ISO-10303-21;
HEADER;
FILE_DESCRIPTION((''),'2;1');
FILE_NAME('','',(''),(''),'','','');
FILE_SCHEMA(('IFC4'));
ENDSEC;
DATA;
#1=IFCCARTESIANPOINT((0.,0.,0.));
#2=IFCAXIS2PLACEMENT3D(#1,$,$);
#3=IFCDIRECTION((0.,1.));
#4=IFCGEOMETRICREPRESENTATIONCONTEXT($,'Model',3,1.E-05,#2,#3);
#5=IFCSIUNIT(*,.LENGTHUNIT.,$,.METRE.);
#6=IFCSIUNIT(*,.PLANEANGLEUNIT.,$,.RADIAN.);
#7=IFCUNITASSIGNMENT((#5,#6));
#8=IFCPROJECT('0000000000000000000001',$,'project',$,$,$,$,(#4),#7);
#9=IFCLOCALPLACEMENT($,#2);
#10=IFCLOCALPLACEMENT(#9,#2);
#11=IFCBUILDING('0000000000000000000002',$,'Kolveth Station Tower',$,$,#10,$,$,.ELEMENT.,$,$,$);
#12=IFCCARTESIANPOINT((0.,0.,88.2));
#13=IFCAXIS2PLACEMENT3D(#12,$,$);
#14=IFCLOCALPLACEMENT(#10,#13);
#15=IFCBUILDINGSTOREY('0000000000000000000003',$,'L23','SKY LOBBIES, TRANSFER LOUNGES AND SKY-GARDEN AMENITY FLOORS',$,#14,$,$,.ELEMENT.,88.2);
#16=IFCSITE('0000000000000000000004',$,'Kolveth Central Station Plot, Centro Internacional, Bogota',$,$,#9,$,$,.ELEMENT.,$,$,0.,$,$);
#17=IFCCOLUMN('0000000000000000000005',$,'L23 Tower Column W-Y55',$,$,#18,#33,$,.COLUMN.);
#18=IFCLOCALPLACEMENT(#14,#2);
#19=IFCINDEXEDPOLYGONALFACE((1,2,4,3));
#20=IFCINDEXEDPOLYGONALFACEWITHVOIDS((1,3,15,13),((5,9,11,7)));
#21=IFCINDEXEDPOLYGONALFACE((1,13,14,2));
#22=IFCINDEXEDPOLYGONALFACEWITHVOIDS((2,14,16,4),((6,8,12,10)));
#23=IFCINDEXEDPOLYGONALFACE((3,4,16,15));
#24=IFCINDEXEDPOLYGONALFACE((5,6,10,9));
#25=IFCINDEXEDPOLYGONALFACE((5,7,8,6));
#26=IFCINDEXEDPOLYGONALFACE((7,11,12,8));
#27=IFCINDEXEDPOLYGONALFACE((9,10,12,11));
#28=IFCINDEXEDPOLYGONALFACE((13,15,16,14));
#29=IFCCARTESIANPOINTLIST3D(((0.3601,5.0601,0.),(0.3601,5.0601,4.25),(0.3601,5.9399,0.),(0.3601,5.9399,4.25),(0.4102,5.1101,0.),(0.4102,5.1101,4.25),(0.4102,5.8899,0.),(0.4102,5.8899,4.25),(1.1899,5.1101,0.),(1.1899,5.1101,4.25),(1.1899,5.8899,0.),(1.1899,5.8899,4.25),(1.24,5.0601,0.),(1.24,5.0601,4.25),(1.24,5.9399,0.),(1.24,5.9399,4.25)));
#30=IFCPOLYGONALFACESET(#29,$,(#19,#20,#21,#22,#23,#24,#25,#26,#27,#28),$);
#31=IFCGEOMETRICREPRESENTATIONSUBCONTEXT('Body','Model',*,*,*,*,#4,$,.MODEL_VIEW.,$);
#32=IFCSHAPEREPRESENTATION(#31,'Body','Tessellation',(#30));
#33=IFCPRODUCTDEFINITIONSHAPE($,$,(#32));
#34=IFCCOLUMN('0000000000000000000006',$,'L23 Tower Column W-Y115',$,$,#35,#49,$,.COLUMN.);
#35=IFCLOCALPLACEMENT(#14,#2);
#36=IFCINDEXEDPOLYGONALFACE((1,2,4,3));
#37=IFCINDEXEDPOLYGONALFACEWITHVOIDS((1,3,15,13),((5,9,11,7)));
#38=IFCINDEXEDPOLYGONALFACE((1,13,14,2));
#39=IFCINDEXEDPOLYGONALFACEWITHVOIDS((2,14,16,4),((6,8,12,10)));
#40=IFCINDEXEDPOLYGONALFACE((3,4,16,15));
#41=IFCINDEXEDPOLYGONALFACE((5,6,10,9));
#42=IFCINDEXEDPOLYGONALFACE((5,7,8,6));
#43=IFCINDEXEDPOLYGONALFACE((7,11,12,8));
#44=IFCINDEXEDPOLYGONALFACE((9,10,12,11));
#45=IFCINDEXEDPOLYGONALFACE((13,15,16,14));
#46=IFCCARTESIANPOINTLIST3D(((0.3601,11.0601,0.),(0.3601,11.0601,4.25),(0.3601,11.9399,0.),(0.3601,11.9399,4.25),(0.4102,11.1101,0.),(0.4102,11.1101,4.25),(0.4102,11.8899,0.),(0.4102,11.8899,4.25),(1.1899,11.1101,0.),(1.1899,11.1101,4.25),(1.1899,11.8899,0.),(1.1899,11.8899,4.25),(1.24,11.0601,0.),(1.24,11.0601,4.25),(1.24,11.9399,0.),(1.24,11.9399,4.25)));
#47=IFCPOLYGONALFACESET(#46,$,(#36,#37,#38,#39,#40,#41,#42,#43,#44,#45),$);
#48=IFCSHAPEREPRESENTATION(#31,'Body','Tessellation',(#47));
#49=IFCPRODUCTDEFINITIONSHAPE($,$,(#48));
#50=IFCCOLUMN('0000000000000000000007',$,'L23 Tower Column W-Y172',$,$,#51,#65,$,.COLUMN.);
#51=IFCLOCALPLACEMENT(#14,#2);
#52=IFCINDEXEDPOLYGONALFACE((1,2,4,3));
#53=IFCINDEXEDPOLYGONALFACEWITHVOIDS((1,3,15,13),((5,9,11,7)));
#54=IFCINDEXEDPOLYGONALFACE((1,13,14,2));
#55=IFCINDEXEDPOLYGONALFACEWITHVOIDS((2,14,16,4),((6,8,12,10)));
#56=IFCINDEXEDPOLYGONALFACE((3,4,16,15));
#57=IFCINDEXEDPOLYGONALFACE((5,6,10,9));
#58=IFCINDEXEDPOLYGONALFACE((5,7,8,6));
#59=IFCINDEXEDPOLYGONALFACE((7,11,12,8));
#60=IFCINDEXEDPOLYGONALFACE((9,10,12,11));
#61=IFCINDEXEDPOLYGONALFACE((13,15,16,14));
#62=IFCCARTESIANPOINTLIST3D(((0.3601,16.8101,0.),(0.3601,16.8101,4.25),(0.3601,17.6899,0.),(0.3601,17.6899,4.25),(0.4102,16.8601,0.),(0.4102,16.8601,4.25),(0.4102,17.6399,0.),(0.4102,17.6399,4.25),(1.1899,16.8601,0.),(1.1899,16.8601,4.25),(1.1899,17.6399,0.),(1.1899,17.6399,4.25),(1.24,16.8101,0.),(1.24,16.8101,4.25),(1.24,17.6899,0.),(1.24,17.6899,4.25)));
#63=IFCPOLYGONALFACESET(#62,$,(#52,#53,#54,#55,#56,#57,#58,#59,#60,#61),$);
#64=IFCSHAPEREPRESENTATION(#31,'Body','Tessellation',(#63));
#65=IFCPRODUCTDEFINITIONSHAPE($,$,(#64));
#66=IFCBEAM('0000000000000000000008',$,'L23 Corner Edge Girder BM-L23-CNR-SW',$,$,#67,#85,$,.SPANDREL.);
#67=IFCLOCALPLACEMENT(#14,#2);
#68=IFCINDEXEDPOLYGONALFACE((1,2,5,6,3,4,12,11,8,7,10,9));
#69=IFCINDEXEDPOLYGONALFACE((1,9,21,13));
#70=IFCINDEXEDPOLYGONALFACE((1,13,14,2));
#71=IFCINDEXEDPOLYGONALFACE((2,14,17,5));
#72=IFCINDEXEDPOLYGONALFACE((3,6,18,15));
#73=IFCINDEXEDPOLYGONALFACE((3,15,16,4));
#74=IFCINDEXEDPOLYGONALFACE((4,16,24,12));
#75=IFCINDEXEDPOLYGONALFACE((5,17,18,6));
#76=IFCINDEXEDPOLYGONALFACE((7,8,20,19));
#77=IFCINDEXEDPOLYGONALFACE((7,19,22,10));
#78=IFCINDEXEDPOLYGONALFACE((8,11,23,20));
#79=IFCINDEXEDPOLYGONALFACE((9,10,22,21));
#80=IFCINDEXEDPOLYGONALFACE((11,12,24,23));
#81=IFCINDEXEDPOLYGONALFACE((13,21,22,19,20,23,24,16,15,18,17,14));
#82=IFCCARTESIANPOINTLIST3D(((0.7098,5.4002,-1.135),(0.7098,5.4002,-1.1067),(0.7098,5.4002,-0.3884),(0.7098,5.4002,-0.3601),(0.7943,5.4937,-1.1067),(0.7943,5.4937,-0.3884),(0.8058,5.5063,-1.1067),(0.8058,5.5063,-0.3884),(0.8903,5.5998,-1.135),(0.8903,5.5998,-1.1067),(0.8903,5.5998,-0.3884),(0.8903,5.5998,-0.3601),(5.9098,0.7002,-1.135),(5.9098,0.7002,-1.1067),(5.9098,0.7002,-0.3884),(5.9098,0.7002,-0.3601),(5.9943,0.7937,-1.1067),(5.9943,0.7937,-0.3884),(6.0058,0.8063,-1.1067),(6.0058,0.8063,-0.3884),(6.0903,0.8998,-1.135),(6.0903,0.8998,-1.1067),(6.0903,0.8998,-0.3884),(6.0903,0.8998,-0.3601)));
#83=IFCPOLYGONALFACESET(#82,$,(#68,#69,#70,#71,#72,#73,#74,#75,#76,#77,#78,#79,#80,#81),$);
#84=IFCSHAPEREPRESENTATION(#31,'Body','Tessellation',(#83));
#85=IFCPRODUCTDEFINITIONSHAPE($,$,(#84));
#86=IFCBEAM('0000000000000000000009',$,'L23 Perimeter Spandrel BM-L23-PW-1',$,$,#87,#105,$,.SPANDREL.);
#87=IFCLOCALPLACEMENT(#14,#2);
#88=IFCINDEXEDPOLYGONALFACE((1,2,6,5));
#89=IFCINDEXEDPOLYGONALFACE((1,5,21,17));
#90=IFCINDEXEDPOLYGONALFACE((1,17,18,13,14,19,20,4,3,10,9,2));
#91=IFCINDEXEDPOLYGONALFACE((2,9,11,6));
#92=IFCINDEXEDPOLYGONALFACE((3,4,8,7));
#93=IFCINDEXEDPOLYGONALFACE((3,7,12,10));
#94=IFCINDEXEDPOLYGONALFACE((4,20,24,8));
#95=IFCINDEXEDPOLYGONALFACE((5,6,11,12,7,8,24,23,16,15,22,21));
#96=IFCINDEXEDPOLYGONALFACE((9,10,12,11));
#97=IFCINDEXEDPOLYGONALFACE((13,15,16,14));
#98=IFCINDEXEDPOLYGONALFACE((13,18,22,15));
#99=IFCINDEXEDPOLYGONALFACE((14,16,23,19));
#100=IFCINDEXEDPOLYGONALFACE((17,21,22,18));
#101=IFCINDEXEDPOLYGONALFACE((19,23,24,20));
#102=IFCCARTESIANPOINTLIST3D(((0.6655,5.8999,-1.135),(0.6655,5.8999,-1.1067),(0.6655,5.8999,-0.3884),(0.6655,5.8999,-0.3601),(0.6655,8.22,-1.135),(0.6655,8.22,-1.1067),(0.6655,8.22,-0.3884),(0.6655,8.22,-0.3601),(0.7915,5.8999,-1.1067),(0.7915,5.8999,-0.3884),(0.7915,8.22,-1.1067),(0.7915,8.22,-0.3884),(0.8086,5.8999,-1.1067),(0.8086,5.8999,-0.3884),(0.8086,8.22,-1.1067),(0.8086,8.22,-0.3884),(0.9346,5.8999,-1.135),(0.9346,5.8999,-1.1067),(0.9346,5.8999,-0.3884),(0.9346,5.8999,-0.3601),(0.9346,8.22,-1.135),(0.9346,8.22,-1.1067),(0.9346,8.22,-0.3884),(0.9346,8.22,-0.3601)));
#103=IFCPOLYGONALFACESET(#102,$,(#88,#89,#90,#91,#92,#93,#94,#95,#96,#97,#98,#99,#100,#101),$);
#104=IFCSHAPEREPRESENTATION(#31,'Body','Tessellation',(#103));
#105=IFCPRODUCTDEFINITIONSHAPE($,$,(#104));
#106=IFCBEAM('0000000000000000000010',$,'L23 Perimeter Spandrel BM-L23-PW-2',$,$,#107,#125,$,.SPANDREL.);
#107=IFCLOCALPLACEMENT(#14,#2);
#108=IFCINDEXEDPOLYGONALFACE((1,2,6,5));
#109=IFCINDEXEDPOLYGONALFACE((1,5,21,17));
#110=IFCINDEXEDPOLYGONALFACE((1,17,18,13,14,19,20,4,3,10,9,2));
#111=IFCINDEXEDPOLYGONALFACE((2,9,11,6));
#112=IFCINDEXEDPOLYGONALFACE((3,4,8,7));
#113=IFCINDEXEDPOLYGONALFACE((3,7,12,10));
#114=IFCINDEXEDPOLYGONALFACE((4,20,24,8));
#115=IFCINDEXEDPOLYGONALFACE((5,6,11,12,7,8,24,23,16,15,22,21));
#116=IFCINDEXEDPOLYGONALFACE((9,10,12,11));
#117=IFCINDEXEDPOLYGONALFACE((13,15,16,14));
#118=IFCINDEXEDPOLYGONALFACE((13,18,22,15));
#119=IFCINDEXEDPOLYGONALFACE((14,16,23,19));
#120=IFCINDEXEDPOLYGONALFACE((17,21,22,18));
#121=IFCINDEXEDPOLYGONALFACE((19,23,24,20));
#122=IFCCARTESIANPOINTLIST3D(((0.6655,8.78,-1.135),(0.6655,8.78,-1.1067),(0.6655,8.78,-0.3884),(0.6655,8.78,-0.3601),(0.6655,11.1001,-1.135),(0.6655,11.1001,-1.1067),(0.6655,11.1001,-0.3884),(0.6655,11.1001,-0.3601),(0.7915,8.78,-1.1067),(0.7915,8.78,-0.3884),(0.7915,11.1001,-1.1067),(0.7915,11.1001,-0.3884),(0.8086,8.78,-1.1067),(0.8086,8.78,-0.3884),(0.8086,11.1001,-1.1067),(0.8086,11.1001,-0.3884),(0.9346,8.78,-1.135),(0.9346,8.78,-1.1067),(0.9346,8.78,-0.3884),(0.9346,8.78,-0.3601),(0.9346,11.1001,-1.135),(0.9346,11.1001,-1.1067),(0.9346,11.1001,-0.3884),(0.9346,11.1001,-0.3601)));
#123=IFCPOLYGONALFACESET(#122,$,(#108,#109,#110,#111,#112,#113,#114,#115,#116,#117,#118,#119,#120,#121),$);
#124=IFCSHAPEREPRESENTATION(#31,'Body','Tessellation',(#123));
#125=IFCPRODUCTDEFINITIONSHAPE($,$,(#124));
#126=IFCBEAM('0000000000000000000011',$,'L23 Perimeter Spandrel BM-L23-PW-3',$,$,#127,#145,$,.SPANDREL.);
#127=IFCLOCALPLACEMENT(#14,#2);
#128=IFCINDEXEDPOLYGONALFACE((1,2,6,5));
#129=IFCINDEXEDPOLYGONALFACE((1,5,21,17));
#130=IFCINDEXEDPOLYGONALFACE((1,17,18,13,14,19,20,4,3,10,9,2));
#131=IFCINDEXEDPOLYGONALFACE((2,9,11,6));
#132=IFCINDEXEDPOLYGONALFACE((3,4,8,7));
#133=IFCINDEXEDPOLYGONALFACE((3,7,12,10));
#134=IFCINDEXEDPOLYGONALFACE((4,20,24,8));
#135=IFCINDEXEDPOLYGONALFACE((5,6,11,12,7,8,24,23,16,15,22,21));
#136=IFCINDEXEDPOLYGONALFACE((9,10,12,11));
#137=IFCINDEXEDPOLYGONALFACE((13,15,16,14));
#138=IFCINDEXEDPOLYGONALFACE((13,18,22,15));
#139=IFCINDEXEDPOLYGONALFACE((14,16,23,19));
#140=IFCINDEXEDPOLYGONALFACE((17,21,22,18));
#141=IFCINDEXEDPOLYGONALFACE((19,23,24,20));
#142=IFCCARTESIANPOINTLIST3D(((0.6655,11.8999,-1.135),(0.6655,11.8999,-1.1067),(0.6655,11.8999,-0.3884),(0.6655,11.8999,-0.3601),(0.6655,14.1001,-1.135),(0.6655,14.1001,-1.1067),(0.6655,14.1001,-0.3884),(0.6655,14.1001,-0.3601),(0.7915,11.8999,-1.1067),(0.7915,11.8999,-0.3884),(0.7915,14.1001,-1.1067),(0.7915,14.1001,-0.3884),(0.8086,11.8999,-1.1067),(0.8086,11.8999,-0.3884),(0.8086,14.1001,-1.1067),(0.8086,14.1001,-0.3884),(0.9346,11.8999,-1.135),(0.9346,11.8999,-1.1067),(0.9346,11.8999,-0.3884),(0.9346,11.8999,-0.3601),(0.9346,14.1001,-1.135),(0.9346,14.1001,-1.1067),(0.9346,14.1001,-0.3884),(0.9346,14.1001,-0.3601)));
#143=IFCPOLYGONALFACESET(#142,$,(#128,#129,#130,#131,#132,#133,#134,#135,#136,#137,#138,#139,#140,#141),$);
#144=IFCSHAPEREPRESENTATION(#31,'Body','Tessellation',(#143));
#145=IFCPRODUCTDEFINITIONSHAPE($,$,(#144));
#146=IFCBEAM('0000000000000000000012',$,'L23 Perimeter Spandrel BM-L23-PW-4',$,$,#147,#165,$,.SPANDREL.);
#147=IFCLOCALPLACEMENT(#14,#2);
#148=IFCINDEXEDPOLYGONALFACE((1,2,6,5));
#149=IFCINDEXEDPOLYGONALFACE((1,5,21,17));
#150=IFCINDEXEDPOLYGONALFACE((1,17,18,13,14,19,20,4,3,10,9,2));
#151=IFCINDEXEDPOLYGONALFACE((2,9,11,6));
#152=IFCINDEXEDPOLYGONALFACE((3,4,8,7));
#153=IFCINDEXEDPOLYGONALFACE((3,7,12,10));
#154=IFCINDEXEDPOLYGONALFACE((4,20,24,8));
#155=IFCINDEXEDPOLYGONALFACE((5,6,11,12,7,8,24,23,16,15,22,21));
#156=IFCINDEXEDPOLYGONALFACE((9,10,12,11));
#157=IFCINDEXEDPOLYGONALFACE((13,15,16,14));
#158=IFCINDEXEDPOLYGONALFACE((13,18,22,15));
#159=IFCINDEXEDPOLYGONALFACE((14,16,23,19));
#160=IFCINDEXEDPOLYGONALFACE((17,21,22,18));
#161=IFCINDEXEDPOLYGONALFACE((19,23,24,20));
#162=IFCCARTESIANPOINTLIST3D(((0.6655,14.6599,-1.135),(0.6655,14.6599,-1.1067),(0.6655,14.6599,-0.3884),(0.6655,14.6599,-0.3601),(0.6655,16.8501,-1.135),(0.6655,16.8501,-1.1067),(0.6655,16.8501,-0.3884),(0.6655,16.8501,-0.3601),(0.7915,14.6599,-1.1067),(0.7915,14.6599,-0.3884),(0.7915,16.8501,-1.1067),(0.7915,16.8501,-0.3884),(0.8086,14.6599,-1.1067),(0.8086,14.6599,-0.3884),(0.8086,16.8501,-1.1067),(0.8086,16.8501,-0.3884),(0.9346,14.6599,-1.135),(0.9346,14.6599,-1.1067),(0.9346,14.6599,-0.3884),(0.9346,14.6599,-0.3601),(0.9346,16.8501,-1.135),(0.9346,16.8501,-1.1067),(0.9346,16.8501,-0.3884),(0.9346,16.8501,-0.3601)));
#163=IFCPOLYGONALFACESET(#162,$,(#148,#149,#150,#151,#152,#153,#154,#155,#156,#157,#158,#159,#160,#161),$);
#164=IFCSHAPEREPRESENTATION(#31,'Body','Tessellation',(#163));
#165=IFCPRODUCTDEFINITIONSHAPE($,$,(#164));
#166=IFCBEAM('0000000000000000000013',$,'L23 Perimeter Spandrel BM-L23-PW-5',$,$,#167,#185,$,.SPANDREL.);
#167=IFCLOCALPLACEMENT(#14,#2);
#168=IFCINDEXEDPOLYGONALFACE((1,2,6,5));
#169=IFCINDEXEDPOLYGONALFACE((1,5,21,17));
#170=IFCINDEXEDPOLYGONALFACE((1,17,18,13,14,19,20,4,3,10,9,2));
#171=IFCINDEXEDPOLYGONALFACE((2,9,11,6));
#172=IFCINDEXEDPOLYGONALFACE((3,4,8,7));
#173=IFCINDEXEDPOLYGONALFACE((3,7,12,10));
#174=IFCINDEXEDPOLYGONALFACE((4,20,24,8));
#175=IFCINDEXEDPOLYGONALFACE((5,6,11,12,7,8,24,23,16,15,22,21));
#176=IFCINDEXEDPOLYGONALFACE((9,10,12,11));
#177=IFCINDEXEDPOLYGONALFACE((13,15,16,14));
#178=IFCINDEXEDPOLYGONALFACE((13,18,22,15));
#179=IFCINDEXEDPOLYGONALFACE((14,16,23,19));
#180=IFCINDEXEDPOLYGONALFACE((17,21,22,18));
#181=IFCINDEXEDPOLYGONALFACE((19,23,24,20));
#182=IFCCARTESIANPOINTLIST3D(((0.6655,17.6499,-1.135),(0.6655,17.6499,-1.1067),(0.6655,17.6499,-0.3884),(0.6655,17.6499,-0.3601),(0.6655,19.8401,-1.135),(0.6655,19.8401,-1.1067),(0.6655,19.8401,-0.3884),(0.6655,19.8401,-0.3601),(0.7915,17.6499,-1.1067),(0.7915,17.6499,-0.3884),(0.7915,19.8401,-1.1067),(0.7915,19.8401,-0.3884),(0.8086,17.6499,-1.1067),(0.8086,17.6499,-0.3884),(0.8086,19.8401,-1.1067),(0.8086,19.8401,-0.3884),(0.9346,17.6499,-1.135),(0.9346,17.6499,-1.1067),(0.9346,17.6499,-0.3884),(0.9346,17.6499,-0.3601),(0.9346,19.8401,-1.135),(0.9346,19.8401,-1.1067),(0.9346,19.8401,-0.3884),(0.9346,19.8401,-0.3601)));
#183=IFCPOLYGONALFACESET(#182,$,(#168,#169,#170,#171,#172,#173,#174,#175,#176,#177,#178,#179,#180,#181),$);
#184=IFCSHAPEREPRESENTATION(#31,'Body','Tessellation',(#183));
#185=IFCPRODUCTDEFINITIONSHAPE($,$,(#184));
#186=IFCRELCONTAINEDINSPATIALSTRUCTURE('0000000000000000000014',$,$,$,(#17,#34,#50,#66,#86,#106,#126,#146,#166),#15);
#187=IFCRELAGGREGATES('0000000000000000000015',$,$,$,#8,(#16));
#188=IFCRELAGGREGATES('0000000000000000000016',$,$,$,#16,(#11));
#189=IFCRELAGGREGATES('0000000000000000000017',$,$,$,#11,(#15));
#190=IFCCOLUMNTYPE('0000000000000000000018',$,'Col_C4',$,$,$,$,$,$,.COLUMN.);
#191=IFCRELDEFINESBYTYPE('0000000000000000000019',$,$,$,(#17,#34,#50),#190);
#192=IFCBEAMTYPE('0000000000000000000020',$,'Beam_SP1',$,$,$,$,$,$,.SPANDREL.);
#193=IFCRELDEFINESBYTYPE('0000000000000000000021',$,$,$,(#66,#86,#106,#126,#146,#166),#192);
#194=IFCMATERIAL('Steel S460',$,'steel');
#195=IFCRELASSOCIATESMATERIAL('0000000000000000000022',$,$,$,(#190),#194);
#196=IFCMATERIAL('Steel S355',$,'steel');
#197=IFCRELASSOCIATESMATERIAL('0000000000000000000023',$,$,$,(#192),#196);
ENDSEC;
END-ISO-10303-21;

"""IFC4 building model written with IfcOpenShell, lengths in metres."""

from ifc_helpers import new_model, si_unit, direction, frame, origin, origin_2d, place, context, subcontext, project, spatial, hollow_rectangle, i_section, extrude, source, transform, mapped, material, material_profile, profile_set, type_object, element, save


model = new_model("IFC4")

# Units and contexts
model_context = context("Model", 3, precision=1e-05, world=origin(), true_north=direction((0.0, 1.0)))
body_context = subcontext(model_context, "Body", "Model", "MODEL_VIEW")
ifc_project = project(units=[si_unit("LENGTHUNIT", "METRE"), si_unit("PLANEANGLEUNIT", "RADIAN")], contexts=[model_context])

# Site, building, storey
site_placement = place(None, origin())
site = spatial("IfcSite", under=ifc_project, at=site_placement, Name="Kolveth Central Station Plot, Centro Internacional, Bogota", CompositionType="ELEMENT", RefElevation=0.0)
building_placement = place(site_placement, origin())
building = spatial("IfcBuilding", under=site, at=building_placement, Name="Kolveth Station Tower", CompositionType="ELEMENT")
storey_placement = place(building_placement, frame((0.0, 0.0, 88.2)))
storey = spatial("IfcBuildingStorey", under=building, at=storey_placement, Name="L23", Description="SKY LOBBIES, TRANSFER LOUNGES AND SKY-GARDEN AMENITY FLOORS", CompositionType="ELEMENT", Elevation=88.2)

# Columns
ifc_material_1 = material(Name="Steel S460", Category="steel")
ifc_material_profile_1 = material_profile(ifc_material_1, hollow_rectangle(XDim=0.8799, YDim=0.8799, WallThickness=0.05, at=origin_2d()), Name="BOX880x880x50")
ifc_profile_set_1 = profile_set([ifc_material_profile_1], Name="Steel S460")
column_type = type_object("IfcColumnType", Name="Col_C4", PredefinedType="COLUMN", material=ifc_profile_set_1)
shared_shape_1 = source(origin(), body_context, "Body", "SweptSolid", [
    extrude(hollow_rectangle(XDim=0.8799, YDim=0.8799, WallThickness=0.05, at=origin_2d()), origin(), (0.0, 0.0, 1.0), 4.25),
])
for number, where, z_axis, x_axis, name in (
    (1, (0.8, 5.5, 0.0), (0.0, 0.0, 1.0), (1.0, 0.0, 0.0), "L23 Tower Column W-Y55"),
    (2, (0.8, 11.5, 0.0), (0.0, 0.0, 1.0), (1.0, 0.0, 0.0), "L23 Tower Column W-Y115"),
    (3, (0.8, 17.25, 0.0), (0.0, 0.0, 1.0), (1.0, 0.0, 0.0), "L23 Tower Column W-Y172"),
):
    element("IfcColumn", number, at=place(storey_placement, frame(where, z_axis=z_axis, x_axis=x_axis)), inside=storey, type_object=column_type, Name=name, PredefinedType="COLUMN", context=body_context, shape_type="MappedRepresentation", body=[
        mapped(shared_shape_1, transform((0.0, 0.0, 0.0), x_axis=(1.0, 0.0, 0.0), y_axis=(0.0, 1.0, 0.0), z_axis=(0.0, 0.0, 1.0), scale=1.0)),
    ])

# Beams
ifc_material_2 = material(Name="Steel S355", Category="steel")
ifc_material_profile_2 = material_profile(ifc_material_2, i_section(OverallWidth=0.269, OverallDepth=0.7749, WebThickness=0.0171, FlangeThickness=0.0283, at=origin_2d()), Name="W760x220")
ifc_profile_set_2 = profile_set([ifc_material_profile_2], Name="Steel S355")
beam_type_1 = type_object("IfcBeamType", Name="Beam_SP1", PredefinedType="SPANDREL", material=ifc_profile_set_2)
shared_shape_2 = source(origin(), body_context, "Body", "SweptSolid", [
    extrude(i_section(OverallWidth=0.269, OverallDepth=0.7749, WebThickness=0.0171, FlangeThickness=0.0283, at=origin_2d()), origin(), (0.0, 0.0, 1.0), 7.0093),
])
beam_1_placement = place(storey_placement, frame((0.8, 5.5, -0.7476), z_axis=(0.741874, -0.670539, 0.0), x_axis=(0.670539, 0.741874, 0.0)))
element("IfcBeam", 4, at=beam_1_placement, inside=storey, type_object=beam_type_1, Name="L23 Corner Edge Girder BM-L23-CNR-SW", PredefinedType="SPANDREL", context=body_context, shape_type="MappedRepresentation", body=[
    mapped(shared_shape_2, transform((0.0, 0.0, 0.0), x_axis=(1.0, 0.0, 0.0), y_axis=(0.0, 1.0, 0.0), z_axis=(0.0, 0.0, 1.0), scale=1.0)),
])
shared_shape_3 = source(origin(), body_context, "Body", "SweptSolid", [
    extrude(i_section(OverallWidth=0.269, OverallDepth=0.7749, WebThickness=0.0171, FlangeThickness=0.0283, at=origin_2d()), origin(), (0.0, 0.0, 1.0), 2.3201),
])
for number, where, z_axis, x_axis, name in (
    (5, (0.8, 5.8999, -0.7476), (0.0, 1.0, 0.0), (-1.0, 0.0, 0.0), "L23 Perimeter Spandrel BM-L23-PW-1"),
    (6, (0.8, 8.78, -0.7476), (0.0, 1.0, 0.0), (-1.0, 0.0, 0.0), "L23 Perimeter Spandrel BM-L23-PW-2"),
):
    element("IfcBeam", number, at=place(storey_placement, frame(where, z_axis=z_axis, x_axis=x_axis)), inside=storey, type_object=beam_type_1, Name=name, PredefinedType="SPANDREL", context=body_context, shape_type="MappedRepresentation", body=[
        mapped(shared_shape_3, transform((0.0, 0.0, 0.0), x_axis=(1.0, 0.0, 0.0), y_axis=(0.0, 1.0, 0.0), z_axis=(0.0, 0.0, 1.0), scale=1.0)),
    ])
shared_shape_4 = source(origin(), body_context, "Body", "SweptSolid", [
    extrude(i_section(OverallWidth=0.269, OverallDepth=0.7749, WebThickness=0.0171, FlangeThickness=0.0283, at=origin_2d()), origin(), (0.0, 0.0, 1.0), 2.2002),
])
beam_2_placement = place(storey_placement, frame((0.8, 11.8999, -0.7476), z_axis=(0.0, 1.0, 0.0), x_axis=(-1.0, 0.0, 0.0)))
element("IfcBeam", 7, at=beam_2_placement, inside=storey, type_object=beam_type_1, Name="L23 Perimeter Spandrel BM-L23-PW-3", PredefinedType="SPANDREL", context=body_context, shape_type="MappedRepresentation", body=[
    mapped(shared_shape_4, transform((0.0, 0.0, 0.0), x_axis=(1.0, 0.0, 0.0), y_axis=(0.0, 1.0, 0.0), z_axis=(0.0, 0.0, 1.0), scale=1.0)),
])
shared_shape_5 = source(origin(), body_context, "Body", "SweptSolid", [
    extrude(i_section(OverallWidth=0.269, OverallDepth=0.7749, WebThickness=0.0171, FlangeThickness=0.0283, at=origin_2d()), origin(), (0.0, 0.0, 1.0), 2.1902),
])
for number, where, z_axis, x_axis, name in (
    (8, (0.8, 14.6599, -0.7476), (0.0, 1.0, 0.0), (-1.0, 0.0, 0.0), "L23 Perimeter Spandrel BM-L23-PW-4"),
    (9, (0.8, 17.6499, -0.7476), (0.0, 1.0, 0.0), (-1.0, 0.0, 0.0), "L23 Perimeter Spandrel BM-L23-PW-5"),
):
    element("IfcBeam", number, at=place(storey_placement, frame(where, z_axis=z_axis, x_axis=x_axis)), inside=storey, type_object=beam_type_1, Name=name, PredefinedType="SPANDREL", context=body_context, shape_type="MappedRepresentation", body=[
        mapped(shared_shape_5, transform((0.0, 0.0, 0.0), x_axis=(1.0, 0.0, 0.0), y_axis=(0.0, 1.0, 0.0), z_axis=(0.0, 0.0, 1.0), scale=1.0)),
    ])

save(model, "model.ifc")
